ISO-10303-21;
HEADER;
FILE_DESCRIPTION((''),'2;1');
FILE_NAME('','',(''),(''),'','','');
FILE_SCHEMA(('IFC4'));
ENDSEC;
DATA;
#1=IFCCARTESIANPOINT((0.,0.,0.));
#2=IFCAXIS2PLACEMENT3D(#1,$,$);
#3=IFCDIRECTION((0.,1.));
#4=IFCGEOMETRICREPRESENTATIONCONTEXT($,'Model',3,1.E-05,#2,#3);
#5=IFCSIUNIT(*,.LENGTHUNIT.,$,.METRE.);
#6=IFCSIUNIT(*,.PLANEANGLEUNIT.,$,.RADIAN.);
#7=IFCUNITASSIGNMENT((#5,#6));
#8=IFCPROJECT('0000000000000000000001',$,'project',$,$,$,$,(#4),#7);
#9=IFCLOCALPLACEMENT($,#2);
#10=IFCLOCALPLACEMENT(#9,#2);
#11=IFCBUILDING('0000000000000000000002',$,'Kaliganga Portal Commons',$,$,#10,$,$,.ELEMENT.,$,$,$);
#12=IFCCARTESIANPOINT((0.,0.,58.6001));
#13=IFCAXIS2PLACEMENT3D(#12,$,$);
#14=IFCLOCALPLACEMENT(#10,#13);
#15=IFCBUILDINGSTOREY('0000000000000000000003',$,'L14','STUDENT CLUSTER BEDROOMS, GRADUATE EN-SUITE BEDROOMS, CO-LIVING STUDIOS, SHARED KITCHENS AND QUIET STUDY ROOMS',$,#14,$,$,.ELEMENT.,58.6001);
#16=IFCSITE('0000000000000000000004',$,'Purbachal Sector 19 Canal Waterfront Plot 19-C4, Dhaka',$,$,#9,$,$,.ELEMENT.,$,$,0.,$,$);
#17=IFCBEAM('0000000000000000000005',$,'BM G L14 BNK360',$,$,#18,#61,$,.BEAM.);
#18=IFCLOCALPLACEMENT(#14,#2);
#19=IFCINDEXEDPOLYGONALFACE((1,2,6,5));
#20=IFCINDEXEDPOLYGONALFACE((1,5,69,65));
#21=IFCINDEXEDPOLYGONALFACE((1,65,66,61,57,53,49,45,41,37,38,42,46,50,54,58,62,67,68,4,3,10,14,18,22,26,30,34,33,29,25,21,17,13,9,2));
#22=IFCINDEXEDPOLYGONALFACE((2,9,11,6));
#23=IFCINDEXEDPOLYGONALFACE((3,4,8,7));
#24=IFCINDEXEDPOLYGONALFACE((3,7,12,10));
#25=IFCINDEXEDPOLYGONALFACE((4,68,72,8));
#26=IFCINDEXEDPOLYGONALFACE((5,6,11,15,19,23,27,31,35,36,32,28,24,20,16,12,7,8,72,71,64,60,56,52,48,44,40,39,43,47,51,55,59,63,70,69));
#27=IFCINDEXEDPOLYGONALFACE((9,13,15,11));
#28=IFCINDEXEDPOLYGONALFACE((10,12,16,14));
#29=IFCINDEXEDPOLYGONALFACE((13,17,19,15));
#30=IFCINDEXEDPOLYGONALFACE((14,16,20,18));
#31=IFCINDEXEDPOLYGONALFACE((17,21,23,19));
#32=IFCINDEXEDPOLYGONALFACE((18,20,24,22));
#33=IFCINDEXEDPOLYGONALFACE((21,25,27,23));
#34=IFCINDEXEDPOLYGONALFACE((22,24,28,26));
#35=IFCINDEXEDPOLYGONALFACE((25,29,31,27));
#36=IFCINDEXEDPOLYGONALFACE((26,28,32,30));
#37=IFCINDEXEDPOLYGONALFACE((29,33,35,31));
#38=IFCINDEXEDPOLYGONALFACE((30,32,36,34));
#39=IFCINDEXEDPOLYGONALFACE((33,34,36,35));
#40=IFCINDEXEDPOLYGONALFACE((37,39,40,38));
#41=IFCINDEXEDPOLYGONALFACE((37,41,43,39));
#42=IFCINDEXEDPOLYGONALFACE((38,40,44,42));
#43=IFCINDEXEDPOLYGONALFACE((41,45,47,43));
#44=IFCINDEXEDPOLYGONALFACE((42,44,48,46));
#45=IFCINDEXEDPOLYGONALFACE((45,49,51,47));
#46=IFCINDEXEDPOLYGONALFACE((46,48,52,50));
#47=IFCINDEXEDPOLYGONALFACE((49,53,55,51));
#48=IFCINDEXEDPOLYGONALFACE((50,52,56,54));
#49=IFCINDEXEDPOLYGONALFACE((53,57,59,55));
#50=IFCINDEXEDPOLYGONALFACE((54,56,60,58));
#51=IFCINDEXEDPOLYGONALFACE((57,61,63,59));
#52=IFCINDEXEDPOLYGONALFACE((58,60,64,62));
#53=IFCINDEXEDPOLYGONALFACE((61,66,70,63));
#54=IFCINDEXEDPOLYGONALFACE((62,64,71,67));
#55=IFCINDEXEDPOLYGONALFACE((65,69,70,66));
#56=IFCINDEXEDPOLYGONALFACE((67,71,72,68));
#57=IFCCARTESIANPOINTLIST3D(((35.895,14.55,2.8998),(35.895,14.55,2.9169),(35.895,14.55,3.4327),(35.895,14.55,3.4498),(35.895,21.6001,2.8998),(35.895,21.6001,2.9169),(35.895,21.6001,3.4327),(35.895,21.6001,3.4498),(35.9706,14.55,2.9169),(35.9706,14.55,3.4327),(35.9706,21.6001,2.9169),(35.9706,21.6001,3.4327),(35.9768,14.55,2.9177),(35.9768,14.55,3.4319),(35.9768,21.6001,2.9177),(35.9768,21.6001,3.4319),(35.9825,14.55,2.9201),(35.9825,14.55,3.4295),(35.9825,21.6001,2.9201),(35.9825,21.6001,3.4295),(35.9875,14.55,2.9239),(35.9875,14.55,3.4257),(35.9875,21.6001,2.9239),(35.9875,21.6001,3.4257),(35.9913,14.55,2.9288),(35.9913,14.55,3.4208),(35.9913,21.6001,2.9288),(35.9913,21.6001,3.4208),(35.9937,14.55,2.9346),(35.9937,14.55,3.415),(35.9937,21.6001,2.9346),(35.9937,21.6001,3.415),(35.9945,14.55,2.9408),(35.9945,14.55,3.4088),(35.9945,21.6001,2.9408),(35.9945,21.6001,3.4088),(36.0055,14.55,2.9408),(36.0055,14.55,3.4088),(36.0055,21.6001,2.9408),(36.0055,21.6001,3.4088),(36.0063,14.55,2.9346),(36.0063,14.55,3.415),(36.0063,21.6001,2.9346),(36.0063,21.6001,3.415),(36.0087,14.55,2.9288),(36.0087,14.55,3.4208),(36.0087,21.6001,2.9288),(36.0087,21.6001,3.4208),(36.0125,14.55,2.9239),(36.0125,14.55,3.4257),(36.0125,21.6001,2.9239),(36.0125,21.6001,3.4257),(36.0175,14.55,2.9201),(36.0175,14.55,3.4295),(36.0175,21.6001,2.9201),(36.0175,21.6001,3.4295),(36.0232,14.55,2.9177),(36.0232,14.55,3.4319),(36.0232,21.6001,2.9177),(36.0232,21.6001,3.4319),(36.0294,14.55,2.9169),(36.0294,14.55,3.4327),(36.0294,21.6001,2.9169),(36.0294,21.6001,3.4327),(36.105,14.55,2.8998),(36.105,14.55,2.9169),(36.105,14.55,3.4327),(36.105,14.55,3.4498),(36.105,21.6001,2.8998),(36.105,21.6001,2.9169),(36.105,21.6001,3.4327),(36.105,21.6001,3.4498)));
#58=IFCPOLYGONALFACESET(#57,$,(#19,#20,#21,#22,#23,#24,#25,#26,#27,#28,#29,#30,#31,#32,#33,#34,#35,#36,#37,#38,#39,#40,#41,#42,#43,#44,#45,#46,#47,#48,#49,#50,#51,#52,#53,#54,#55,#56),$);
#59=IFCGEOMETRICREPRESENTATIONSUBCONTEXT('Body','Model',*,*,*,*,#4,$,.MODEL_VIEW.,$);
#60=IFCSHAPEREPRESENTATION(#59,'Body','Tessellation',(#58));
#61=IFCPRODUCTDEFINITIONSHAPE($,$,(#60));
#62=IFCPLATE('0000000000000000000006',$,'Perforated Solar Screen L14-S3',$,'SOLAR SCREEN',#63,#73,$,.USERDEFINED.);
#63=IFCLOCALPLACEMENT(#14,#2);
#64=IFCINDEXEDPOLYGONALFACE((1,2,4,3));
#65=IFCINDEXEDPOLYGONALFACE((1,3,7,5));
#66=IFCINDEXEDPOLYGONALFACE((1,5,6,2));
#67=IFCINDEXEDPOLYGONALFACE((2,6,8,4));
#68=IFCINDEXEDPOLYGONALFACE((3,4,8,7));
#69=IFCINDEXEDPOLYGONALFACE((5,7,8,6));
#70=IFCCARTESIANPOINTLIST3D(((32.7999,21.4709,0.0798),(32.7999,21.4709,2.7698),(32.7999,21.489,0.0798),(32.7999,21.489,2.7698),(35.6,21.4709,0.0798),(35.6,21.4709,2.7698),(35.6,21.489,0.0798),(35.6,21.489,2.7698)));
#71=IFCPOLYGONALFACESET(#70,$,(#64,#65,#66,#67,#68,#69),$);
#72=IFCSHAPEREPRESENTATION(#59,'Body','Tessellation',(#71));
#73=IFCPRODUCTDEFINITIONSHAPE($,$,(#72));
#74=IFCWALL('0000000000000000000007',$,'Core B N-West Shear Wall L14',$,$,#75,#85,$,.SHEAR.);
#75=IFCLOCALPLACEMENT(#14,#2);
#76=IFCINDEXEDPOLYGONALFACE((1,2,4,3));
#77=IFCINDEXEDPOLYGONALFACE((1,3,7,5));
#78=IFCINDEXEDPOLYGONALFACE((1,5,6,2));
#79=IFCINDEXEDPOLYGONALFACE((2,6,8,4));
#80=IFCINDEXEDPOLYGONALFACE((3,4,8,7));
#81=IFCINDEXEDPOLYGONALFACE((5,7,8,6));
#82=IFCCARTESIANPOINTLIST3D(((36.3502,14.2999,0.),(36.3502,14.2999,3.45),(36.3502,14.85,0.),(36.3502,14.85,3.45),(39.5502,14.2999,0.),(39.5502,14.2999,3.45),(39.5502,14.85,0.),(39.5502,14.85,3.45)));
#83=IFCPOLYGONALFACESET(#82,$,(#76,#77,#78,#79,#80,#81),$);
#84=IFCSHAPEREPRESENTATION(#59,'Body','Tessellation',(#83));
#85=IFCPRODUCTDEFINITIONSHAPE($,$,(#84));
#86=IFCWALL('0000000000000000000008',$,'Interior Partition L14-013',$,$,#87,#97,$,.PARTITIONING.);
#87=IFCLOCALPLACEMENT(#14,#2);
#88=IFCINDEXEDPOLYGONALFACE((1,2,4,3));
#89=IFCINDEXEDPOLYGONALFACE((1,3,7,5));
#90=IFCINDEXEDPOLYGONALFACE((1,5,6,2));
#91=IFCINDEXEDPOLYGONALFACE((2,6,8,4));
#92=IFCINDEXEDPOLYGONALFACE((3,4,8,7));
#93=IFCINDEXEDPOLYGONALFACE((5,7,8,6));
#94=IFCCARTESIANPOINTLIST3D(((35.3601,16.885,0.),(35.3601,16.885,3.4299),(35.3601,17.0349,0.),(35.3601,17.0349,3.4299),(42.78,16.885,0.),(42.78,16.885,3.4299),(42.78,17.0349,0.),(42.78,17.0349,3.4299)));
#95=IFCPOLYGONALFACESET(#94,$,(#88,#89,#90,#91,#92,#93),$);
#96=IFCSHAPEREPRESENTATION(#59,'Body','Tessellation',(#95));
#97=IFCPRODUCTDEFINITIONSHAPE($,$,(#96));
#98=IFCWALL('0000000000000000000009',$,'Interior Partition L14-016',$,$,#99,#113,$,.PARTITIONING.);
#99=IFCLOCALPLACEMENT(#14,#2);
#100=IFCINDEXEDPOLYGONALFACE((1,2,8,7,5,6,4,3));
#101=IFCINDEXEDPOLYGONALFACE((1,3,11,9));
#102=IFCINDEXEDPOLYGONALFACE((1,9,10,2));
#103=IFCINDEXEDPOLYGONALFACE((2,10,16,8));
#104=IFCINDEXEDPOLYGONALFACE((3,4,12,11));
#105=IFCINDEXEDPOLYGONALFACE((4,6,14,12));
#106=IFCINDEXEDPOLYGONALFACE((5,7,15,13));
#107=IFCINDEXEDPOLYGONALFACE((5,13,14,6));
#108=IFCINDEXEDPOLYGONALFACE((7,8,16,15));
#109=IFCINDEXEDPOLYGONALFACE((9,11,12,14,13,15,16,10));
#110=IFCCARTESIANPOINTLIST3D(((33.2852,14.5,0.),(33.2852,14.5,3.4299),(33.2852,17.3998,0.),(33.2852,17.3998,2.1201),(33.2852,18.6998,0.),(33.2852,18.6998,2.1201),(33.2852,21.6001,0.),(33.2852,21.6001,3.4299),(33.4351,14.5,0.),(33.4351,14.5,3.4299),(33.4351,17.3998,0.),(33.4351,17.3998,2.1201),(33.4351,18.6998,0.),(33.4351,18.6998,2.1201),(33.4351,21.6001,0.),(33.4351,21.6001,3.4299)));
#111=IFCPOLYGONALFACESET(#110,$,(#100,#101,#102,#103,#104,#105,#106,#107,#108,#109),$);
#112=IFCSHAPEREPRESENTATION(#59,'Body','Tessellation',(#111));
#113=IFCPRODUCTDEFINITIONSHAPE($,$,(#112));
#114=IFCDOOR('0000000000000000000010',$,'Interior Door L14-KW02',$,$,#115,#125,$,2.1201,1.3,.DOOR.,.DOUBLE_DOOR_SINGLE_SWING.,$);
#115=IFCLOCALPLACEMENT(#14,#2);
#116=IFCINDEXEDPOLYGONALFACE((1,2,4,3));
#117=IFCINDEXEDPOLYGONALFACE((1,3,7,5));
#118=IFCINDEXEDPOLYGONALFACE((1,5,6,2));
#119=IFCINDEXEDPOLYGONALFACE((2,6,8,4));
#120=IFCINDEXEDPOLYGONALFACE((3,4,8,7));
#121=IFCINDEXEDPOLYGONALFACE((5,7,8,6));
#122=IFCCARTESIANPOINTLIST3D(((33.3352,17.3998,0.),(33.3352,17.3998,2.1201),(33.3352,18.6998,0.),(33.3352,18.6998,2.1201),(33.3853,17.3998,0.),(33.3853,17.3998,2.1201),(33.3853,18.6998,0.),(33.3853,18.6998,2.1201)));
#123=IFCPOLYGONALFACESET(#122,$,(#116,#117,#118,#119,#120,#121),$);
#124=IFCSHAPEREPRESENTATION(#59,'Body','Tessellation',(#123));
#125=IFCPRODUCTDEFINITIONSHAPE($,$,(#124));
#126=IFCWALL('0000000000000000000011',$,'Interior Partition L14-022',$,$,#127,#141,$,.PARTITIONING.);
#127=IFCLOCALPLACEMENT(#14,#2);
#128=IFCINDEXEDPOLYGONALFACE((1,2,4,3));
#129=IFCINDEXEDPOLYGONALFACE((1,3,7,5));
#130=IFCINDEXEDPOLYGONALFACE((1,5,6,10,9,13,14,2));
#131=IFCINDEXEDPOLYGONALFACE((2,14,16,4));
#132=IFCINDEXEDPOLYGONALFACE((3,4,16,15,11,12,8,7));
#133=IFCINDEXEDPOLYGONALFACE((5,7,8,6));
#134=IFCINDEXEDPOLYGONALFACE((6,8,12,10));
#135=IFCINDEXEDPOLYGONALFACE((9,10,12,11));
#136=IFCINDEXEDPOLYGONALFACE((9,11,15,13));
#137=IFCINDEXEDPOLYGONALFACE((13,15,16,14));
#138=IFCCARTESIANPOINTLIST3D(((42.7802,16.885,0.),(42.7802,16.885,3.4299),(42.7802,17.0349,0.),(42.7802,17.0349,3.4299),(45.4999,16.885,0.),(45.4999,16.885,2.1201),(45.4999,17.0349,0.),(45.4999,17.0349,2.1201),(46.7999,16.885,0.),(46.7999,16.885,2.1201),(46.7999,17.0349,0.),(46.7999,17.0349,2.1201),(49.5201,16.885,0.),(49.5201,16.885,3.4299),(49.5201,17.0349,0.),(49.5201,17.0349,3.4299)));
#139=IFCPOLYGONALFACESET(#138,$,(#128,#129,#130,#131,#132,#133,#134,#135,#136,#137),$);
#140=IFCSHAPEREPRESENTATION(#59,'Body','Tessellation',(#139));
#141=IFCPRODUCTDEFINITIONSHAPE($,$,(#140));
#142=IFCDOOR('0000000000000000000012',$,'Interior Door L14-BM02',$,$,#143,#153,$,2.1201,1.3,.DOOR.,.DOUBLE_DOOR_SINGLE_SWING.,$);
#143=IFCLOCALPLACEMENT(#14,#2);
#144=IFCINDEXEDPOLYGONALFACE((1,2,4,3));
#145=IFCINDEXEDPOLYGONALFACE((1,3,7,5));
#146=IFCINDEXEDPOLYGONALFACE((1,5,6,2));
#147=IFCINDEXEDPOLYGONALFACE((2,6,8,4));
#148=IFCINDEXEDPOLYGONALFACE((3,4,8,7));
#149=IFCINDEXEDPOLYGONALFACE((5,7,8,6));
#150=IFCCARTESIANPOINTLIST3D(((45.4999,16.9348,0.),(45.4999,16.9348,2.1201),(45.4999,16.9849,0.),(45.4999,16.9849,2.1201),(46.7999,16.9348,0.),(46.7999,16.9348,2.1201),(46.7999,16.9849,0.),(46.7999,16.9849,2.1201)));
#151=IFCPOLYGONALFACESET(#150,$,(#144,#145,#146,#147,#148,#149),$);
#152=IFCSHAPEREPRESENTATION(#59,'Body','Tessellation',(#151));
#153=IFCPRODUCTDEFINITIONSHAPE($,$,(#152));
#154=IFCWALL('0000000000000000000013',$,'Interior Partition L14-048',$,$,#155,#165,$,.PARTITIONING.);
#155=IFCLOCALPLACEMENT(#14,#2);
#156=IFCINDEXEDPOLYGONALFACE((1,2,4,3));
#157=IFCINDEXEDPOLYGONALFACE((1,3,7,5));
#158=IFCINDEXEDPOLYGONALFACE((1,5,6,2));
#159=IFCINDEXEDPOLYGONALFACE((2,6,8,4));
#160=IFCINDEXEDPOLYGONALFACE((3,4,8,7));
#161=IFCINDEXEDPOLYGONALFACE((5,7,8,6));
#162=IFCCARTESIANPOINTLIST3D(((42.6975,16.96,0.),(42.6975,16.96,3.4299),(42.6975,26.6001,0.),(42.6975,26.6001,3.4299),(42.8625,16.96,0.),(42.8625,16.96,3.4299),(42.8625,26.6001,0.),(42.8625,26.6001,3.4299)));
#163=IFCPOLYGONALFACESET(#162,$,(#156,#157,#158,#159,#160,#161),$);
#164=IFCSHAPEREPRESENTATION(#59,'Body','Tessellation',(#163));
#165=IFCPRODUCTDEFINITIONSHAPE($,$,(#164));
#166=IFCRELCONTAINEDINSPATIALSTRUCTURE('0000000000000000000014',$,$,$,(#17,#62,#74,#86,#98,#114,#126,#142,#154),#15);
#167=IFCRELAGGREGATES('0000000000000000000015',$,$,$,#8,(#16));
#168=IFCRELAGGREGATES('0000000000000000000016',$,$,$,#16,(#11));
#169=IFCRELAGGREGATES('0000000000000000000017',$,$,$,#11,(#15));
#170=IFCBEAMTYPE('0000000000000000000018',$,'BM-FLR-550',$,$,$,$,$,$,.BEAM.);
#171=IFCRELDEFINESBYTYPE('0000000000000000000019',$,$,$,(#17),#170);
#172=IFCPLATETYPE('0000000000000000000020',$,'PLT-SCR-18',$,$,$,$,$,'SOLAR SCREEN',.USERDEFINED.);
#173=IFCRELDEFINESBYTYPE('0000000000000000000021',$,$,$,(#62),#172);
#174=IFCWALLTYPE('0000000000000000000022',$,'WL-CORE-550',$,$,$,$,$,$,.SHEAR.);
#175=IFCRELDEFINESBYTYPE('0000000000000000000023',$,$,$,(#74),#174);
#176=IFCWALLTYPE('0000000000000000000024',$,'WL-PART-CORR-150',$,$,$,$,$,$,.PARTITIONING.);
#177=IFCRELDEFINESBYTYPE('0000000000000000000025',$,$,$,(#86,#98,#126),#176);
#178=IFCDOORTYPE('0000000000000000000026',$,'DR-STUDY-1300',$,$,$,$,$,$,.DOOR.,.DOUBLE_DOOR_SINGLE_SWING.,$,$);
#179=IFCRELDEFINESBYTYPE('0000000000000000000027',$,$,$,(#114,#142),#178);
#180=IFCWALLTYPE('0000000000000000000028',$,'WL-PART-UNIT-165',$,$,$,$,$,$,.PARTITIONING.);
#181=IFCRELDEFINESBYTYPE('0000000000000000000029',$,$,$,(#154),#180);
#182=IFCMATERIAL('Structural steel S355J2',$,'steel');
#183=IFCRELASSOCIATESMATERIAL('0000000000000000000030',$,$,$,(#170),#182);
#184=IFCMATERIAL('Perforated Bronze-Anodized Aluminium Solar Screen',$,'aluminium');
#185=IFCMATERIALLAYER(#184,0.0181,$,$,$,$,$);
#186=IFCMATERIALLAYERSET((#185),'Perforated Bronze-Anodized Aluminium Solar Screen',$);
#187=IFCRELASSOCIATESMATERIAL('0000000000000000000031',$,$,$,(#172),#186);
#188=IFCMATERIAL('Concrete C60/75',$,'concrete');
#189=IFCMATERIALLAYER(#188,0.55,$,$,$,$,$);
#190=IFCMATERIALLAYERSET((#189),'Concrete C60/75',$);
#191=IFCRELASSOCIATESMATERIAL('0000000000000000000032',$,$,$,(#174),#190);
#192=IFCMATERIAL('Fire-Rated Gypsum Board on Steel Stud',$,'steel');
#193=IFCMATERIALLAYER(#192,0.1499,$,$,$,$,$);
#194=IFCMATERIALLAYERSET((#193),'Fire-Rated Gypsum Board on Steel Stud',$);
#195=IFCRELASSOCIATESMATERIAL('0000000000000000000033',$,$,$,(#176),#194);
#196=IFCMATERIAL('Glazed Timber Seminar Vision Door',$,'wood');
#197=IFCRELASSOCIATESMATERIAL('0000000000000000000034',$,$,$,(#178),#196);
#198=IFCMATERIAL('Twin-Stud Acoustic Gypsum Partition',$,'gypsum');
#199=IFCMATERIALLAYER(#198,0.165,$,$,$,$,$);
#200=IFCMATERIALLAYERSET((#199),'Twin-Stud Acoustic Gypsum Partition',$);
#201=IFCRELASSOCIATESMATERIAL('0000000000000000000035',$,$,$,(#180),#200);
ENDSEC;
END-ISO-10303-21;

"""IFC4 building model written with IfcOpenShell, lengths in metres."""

from ifc_helpers import new_model, si_unit, direction, frame, frame_2d, origin, origin_2d, place, context, subcontext, project, spatial, rectangle, i_section, extrude, source, transform, mapped, material, layer, layer_set, material_profile, profile_set, type_object, element, fill, save


model = new_model("IFC4")

# Units and contexts
model_context = context("Model", 3, precision=1e-05, world=origin(), true_north=direction((0.0, 1.0)))
body_context = subcontext(model_context, "Body", "Model", "MODEL_VIEW")
ifc_project = project(units=[si_unit("LENGTHUNIT", "METRE"), si_unit("PLANEANGLEUNIT", "RADIAN")], contexts=[model_context])

# Site, building, storey
site_placement = place(None, origin())
site = spatial("IfcSite", under=ifc_project, at=site_placement, Name="Purbachal Sector 19 Canal Waterfront Plot 19-C4, Dhaka", CompositionType="ELEMENT", RefElevation=0.0)
building_placement = place(site_placement, origin())
building = spatial("IfcBuilding", under=site, at=building_placement, Name="Kaliganga Portal Commons", CompositionType="ELEMENT")
storey_placement = place(building_placement, frame((0.0, 0.0, 58.6001)))
storey = spatial("IfcBuildingStorey", under=building, at=storey_placement, Name="L14", Description="STUDENT CLUSTER BEDROOMS, GRADUATE EN-SUITE BEDROOMS, CO-LIVING STUDIOS, SHARED KITCHENS AND QUIET STUDY ROOMS", CompositionType="ELEMENT", Elevation=58.6001)

# Beam
ifc_material_1 = material(Name="Concrete C60/75", Category="concrete")
ifc_material_2 = material(Name="Structural steel S355J2", Category="steel")
ifc_material_profile_1 = material_profile(ifc_material_2, i_section(OverallWidth=0.21, OverallDepth=0.55, WebThickness=0.011, FlangeThickness=0.0171, FilletRadius=0.0239, at=origin_2d()), Name="IPE 550")
ifc_profile_set_1 = profile_set([ifc_material_profile_1], Name="Structural steel S355J2 wide-flange")
beam_type_1 = type_object("IfcBeamType", Name="BM-FLR-550", PredefinedType="BEAM", material=ifc_profile_set_1)
shared_shape_1 = source(origin(), body_context, "Body", "SweptSolid", [
    extrude(i_section(OverallWidth=0.21, OverallDepth=0.55, WebThickness=0.011, FlangeThickness=0.0171, FilletRadius=0.0239, at=origin_2d()), origin(), (0.0, 0.0, 1.0), 7.05),
])
beam_1_placement = place(storey_placement, frame((36.0, 14.55, 3.1748), z_axis=(0.0, 1.0, 0.0), x_axis=(-1.0, 0.0, 0.0)))
element("IfcBeam", 1, at=beam_1_placement, inside=storey, type_object=beam_type_1, Name="BM G L14 BNK360", PredefinedType="BEAM", context=body_context, shape_type="MappedRepresentation", body=[
    mapped(shared_shape_1, transform((0.0, 0.0, 0.0), x_axis=(1.0, 0.0, 0.0), y_axis=(0.0, 1.0, 0.0), z_axis=(0.0, 0.0, 1.0), scale=1.0)),
])

# Plate
ifc_material_3 = material(Name="Perforated Bronze-Anodized Aluminium Solar Screen", Category="aluminium")
ifc_layer_1 = layer(ifc_material_3, 0.0181)
ifc_layer_set_1 = layer_set([ifc_layer_1], Name="Perforated Bronze-Anodized Aluminium Solar Screen")
plate_type = type_object("IfcPlateType", Name="PLT-SCR-18", ElementType="SOLAR SCREEN", PredefinedType="USERDEFINED", material=ifc_layer_set_1)
shared_shape_2 = source(origin(), body_context, "Body", "SweptSolid", [
    extrude(rectangle(XDim=2.8, YDim=0.0181, at=origin_2d()), origin(), (0.0, 0.0, 1.0), 2.6899),
])
plate_placement = place(storey_placement, frame((34.2, 21.48, 0.0798), z_axis=(0.0, 0.0, 1.0), x_axis=(1.0, 0.0, 0.0)))
element("IfcPlate", 2, at=plate_placement, inside=storey, type_object=plate_type, Name="Perforated Solar Screen L14-S3", ObjectType="SOLAR SCREEN", PredefinedType="USERDEFINED", context=body_context, shape_type="MappedRepresentation", body=[
    mapped(shared_shape_2, transform((0.0, 0.0, 0.0), x_axis=(1.0, 0.0, 0.0), y_axis=(0.0, 1.0, 0.0), z_axis=(0.0, 0.0, 1.0), scale=1.0)),
])

# Wall
ifc_layer_2 = layer(ifc_material_1, 0.55)
ifc_layer_set_2 = layer_set([ifc_layer_2], Name="Concrete C60/75")
wall_type_1 = type_object("IfcWallType", Name="WL-CORE-550", PredefinedType="SHEAR", material=ifc_layer_set_2)
wall_1_placement = place(storey_placement, frame((36.3501, 14.575, 0.0), z_axis=(0.0, 0.0, 1.0), x_axis=(1.0, 0.0, 0.0)))
element("IfcWall", 3, at=wall_1_placement, inside=storey, type_object=wall_type_1, Name="Core B N-West Shear Wall L14", PredefinedType="SHEAR", context=body_context, shape_type="SweptSolid", body=[
    extrude(rectangle(XDim=3.2, YDim=0.55, at=frame_2d((1.6001, 0.0))), origin(), (0.0, 0.0, 1.0), 3.45),
])

# Shared definitions
ifc_material_4 = material(Name="Fire-Rated Gypsum Board on Steel Stud", Category="steel")
ifc_layer_3 = layer(ifc_material_4, 0.1499)
ifc_layer_set_3 = layer_set([ifc_layer_3], Name="Fire-Rated Gypsum Board on Steel Stud")
wall_type_2 = type_object("IfcWallType", Name="WL-PART-CORR-150", PredefinedType="PARTITIONING", material=ifc_layer_set_3)
ifc_material_5 = material(Name="Glazed Timber Seminar Vision Door", Category="wood")
door_type_1 = type_object("IfcDoorType", Name="DR-STUDY-1300", OperationType="DOUBLE_DOOR_SINGLE_SWING", PredefinedType="DOOR", material=ifc_material_5)

# Wall
wall_2_placement = place(storey_placement, frame((35.3601, 16.96, 0.0), z_axis=(0.0, 0.0, 1.0), x_axis=(1.0, 0.0, 0.0)))
element("IfcWall", 4, at=wall_2_placement, inside=storey, type_object=wall_type_2, Name="Interior Partition L14-013", PredefinedType="PARTITIONING", context=body_context, shape_type="SweptSolid", body=[
    extrude(rectangle(XDim=7.4199, YDim=0.1499, at=frame_2d((3.71, 0.0))), origin(), (0.0, 0.0, 1.0), 3.4299),
])

# Walls, openings, doors
wall_3_placement = place(storey_placement, frame((33.3601, 14.5, 0.0), z_axis=(0.0, 0.0, 1.0), x_axis=(0.0, 1.0, 0.0)))
wall_3 = element("IfcWall", 5, at=wall_3_placement, inside=storey, type_object=wall_type_2, Name="Interior Partition L14-016", PredefinedType="PARTITIONING", context=body_context, shape_type="SweptSolid", body=[
    extrude(rectangle(XDim=7.1001, YDim=0.1499, at=frame_2d((3.55, 0.0))), origin(), (0.0, 0.0, 1.0), 3.4299),
])
opening_1_placement = place(wall_3_placement, frame((2.8999, 0.0, 0.0)))
opening_1 = element("IfcOpeningElement", 6, at=opening_1_placement, cuts=wall_3, PredefinedType="OPENING", context=body_context, shape_type="SweptSolid", body=[
    extrude(rectangle(XDim=1.3, YDim=2.1201, at=frame_2d((0.6499, 1.0601))), frame((0.0, 0.085, 0.0), z_axis=(0.0, -1.0, 0.0), x_axis=(1.0, 0.0, 0.0)), (0.0, 0.0, 1.0), 0.1699),
])
door_1_placement = place(opening_1_placement, origin())
door_1 = element("IfcDoor", 7, at=door_1_placement, inside=storey, type_object=door_type_1, Name="Interior Door L14-KW02", OperationType="DOUBLE_DOOR_SINGLE_SWING", OverallHeight=2.1201, OverallWidth=1.3, PredefinedType="DOOR", context=body_context, shape_type="SweptSolid", body=[
    extrude(rectangle(XDim=1.3, YDim=2.1201, at=frame_2d((0.6499, 1.0601))), frame((0.0, 0.0249, 0.0), z_axis=(0.0, -1.0, 0.0), x_axis=(1.0, 0.0, 0.0)), (0.0, 0.0, 1.0), 0.05),
])
fill(opening_1, door_1)
wall_4_placement = place(storey_placement, frame((42.78, 16.96, 0.0), z_axis=(0.0, 0.0, 1.0), x_axis=(1.0, 0.0, 0.0)))
wall_4 = element("IfcWall", 8, at=wall_4_placement, inside=storey, type_object=wall_type_2, Name="Interior Partition L14-022", PredefinedType="PARTITIONING", context=body_context, shape_type="SweptSolid", body=[
    extrude(rectangle(XDim=6.74, YDim=0.1499, at=frame_2d((3.3701, 0.0))), origin(), (0.0, 0.0, 1.0), 3.4299),
])
opening_2_placement = place(wall_4_placement, frame((2.72, 0.0, 0.0)))
opening_2 = element("IfcOpeningElement", 9, at=opening_2_placement, cuts=wall_4, PredefinedType="OPENING", context=body_context, shape_type="SweptSolid", body=[
    extrude(rectangle(XDim=1.3, YDim=2.1201, at=frame_2d((0.6499, 1.0601))), frame((0.0, 0.085, 0.0), z_axis=(0.0, -1.0, 0.0), x_axis=(1.0, 0.0, 0.0)), (0.0, 0.0, 1.0), 0.1699),
])
door_2_placement = place(opening_2_placement, origin())
door_2 = element("IfcDoor", 10, at=door_2_placement, inside=storey, type_object=door_type_1, Name="Interior Door L14-BM02", OperationType="DOUBLE_DOOR_SINGLE_SWING", OverallHeight=2.1201, OverallWidth=1.3, PredefinedType="DOOR", context=body_context, shape_type="SweptSolid", body=[
    extrude(rectangle(XDim=1.3, YDim=2.1201, at=frame_2d((0.6499, 1.0601))), frame((0.0, 0.0249, 0.0), z_axis=(0.0, -1.0, 0.0), x_axis=(1.0, 0.0, 0.0)), (0.0, 0.0, 1.0), 0.05),
])
fill(opening_2, door_2)

# Wall
ifc_material_6 = material(Name="Twin-Stud Acoustic Gypsum Partition", Category="gypsum")
ifc_layer_4 = layer(ifc_material_6, 0.165)
ifc_layer_set_4 = layer_set([ifc_layer_4], Name="Twin-Stud Acoustic Gypsum Partition")
wall_type_3 = type_object("IfcWallType", Name="WL-PART-UNIT-165", PredefinedType="PARTITIONING", material=ifc_layer_set_4)
wall_5_placement = place(storey_placement, frame((42.78, 16.96, 0.0), z_axis=(0.0, 0.0, 1.0), x_axis=(0.0, 1.0, 0.0)))
element("IfcWall", 11, at=wall_5_placement, inside=storey, type_object=wall_type_3, Name="Interior Partition L14-048", PredefinedType="PARTITIONING", context=body_context, shape_type="SweptSolid", body=[
    extrude(rectangle(XDim=9.6401, YDim=0.165, at=frame_2d((4.8201, 0.0))), origin(), (0.0, 0.0, 1.0), 3.4299),
])

save(model, "model.ifc")
